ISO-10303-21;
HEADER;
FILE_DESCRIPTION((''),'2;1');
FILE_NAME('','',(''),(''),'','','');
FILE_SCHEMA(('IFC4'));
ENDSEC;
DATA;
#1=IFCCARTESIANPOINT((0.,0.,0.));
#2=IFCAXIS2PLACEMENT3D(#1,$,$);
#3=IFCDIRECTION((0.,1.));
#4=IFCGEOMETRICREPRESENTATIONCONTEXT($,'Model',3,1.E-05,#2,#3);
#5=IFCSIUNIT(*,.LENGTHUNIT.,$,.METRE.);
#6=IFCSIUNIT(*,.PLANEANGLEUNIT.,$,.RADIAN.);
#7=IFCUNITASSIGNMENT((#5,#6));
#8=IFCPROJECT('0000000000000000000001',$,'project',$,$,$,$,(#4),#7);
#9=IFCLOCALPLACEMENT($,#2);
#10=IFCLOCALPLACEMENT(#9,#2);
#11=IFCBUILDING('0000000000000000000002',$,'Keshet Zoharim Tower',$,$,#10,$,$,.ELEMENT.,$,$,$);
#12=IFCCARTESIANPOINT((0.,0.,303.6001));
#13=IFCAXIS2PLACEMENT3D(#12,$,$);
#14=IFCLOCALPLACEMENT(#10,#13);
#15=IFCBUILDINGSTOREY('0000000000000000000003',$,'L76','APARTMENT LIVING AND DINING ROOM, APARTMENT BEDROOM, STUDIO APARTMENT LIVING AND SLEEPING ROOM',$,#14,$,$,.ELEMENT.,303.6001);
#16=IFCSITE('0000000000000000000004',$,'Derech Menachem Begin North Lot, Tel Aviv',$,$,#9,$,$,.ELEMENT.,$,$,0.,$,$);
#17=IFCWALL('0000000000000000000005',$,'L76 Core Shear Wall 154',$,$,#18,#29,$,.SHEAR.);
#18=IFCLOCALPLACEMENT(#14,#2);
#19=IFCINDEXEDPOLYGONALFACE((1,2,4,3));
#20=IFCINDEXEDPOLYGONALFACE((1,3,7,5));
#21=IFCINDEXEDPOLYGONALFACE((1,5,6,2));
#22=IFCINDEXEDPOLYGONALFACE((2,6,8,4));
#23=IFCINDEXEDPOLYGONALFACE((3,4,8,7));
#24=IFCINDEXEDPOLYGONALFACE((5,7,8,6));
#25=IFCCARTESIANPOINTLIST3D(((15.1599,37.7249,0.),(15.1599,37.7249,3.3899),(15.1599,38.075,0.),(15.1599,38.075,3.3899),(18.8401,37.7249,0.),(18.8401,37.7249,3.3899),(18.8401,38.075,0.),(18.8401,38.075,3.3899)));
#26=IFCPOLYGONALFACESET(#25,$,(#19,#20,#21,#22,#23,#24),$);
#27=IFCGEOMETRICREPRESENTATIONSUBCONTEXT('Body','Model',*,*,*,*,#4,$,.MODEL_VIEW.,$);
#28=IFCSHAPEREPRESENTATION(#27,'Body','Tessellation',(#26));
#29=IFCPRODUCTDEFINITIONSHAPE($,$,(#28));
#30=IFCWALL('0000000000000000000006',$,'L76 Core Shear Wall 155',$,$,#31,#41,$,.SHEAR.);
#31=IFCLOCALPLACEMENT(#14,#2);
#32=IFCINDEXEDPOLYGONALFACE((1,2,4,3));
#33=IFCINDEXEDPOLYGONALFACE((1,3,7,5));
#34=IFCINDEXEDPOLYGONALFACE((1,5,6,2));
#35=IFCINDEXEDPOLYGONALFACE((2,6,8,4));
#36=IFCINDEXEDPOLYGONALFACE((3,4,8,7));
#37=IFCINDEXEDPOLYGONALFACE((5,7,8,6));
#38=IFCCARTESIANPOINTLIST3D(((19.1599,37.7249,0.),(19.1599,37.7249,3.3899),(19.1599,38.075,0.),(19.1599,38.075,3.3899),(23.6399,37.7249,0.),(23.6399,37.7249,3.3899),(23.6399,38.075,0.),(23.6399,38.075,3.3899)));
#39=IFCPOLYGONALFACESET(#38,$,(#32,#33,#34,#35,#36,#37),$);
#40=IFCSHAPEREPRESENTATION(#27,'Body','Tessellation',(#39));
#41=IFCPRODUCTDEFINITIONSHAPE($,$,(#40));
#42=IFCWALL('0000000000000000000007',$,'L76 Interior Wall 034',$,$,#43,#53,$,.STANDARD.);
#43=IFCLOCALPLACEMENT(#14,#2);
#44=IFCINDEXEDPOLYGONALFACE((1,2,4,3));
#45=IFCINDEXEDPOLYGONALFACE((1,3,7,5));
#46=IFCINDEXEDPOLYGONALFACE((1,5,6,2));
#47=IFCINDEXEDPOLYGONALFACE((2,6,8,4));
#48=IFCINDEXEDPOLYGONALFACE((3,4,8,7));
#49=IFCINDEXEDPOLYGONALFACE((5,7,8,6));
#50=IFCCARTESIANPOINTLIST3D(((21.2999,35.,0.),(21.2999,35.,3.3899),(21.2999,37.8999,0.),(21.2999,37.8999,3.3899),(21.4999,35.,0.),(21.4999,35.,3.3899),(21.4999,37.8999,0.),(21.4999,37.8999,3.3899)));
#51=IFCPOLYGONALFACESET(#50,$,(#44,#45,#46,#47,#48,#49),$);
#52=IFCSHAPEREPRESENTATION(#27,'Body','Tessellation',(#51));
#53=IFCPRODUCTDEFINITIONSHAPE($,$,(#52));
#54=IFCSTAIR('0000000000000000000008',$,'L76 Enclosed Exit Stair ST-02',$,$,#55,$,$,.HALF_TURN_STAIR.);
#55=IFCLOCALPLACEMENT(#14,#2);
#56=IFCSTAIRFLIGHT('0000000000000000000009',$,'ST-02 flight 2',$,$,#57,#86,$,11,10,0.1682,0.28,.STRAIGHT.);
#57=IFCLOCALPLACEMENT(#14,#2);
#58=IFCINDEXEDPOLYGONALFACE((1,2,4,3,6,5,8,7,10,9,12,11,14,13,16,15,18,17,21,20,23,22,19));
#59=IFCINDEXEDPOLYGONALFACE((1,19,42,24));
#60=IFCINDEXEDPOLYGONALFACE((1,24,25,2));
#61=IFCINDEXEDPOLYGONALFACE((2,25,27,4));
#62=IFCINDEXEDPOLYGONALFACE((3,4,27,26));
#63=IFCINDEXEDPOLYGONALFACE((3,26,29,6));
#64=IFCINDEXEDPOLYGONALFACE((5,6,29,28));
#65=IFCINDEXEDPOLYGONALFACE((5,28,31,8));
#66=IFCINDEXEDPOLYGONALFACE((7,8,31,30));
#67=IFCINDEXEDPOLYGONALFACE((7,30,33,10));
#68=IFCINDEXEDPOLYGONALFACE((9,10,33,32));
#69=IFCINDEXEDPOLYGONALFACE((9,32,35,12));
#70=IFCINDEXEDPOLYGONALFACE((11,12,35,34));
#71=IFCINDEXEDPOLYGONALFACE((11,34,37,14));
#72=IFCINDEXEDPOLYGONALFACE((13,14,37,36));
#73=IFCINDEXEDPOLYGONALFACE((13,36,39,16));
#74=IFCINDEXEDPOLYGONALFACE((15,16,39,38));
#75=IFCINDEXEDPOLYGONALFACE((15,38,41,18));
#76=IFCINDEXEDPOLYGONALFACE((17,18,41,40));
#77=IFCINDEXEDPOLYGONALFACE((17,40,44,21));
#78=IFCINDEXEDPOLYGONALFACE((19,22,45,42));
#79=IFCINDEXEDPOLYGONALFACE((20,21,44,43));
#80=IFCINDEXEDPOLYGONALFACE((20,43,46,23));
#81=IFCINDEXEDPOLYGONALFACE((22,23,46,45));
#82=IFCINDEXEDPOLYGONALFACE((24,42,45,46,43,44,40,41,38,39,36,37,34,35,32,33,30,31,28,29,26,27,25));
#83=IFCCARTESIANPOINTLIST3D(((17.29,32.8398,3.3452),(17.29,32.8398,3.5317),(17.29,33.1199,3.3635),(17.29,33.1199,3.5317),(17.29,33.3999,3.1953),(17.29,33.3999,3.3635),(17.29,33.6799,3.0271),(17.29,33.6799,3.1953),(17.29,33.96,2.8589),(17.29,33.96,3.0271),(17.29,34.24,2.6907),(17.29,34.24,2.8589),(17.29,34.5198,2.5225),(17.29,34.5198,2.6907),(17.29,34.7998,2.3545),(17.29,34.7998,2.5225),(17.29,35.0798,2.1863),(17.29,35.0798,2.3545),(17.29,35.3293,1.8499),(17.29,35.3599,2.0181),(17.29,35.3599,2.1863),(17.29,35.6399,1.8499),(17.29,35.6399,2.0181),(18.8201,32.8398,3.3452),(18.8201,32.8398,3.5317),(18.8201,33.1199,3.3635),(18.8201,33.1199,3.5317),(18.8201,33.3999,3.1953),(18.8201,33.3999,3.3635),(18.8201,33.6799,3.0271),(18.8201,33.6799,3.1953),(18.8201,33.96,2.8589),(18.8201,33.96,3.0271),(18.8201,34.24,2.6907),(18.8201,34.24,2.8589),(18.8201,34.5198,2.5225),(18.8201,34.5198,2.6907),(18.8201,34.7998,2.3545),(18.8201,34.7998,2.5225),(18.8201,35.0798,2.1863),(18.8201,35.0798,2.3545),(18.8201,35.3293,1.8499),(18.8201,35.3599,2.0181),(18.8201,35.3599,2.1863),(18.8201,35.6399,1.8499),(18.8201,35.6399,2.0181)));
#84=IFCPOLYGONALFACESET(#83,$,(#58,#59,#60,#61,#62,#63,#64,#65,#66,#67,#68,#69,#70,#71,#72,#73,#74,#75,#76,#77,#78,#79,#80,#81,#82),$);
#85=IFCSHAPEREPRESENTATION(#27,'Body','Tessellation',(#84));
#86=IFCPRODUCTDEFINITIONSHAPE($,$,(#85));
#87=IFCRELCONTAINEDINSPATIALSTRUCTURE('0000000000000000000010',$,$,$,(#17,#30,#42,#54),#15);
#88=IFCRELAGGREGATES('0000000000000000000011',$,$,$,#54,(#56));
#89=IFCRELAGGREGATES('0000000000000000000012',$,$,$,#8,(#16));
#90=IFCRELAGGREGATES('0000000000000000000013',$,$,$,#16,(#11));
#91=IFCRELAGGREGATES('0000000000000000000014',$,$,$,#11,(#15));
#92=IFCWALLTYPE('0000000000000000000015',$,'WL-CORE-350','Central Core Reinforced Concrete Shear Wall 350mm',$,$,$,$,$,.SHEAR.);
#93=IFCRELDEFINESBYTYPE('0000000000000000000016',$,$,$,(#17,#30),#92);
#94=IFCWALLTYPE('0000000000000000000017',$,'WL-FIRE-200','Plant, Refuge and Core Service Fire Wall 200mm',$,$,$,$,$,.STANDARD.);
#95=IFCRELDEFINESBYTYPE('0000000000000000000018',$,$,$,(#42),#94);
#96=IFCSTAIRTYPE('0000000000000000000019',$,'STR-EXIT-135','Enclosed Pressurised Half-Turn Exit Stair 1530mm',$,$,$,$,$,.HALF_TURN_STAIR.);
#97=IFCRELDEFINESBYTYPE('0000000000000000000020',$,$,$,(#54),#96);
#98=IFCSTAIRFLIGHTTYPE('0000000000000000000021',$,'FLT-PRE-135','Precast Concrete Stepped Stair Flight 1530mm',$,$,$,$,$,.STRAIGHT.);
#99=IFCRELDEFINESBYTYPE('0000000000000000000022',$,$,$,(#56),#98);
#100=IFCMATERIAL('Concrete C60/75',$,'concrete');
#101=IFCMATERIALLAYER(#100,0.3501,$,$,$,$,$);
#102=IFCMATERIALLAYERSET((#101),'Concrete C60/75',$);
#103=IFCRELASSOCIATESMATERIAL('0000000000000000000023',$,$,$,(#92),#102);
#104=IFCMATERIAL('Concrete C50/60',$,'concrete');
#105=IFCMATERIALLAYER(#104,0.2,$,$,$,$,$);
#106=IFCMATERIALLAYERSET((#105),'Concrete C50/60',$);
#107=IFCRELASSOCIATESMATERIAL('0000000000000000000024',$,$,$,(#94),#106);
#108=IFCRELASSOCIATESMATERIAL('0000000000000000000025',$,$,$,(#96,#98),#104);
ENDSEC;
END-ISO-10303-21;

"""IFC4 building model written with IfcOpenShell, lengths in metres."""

from ifc_helpers import new_model, si_unit, direction, frame, frame_2d, origin, place, context, subcontext, project, spatial, polyline, rectangle, outline, extrude, material, layer, layer_set, type_object, element, aggregate, save


model = new_model("IFC4")

# Units and contexts
model_context = context("Model", 3, precision=1e-05, world=origin(), true_north=direction((0.0, 1.0)))
body_context = subcontext(model_context, "Body", "Model", "MODEL_VIEW")
ifc_project = project(units=[si_unit("LENGTHUNIT", "METRE"), si_unit("PLANEANGLEUNIT", "RADIAN")], contexts=[model_context])

# Site, building, storey
site_placement = place(None, origin())
site = spatial("IfcSite", under=ifc_project, at=site_placement, Name="Derech Menachem Begin North Lot, Tel Aviv", CompositionType="ELEMENT", RefElevation=0.0)
building_placement = place(site_placement, origin())
building = spatial("IfcBuilding", under=site, at=building_placement, Name="Keshet Zoharim Tower", CompositionType="ELEMENT")
storey_placement = place(building_placement, frame((0.0, 0.0, 303.6001)))
storey = spatial("IfcBuildingStorey", under=building, at=storey_placement, Name="L76", Description="APARTMENT LIVING AND DINING ROOM, APARTMENT BEDROOM, STUDIO APARTMENT LIVING AND SLEEPING ROOM", CompositionType="ELEMENT", Elevation=303.6001)

# Shared definitions
ifc_material_1 = material(Name="Concrete C60/75", Category="concrete")
ifc_layer_1 = layer(ifc_material_1, 0.3501)
ifc_layer_set_1 = layer_set([ifc_layer_1], Name="Concrete C60/75")
wall_type_1 = type_object("IfcWallType", Name="WL-CORE-350", Description="Central Core Reinforced Concrete Shear Wall 350mm", PredefinedType="SHEAR", material=ifc_layer_set_1)

# Walls
wall_1_placement = place(storey_placement, frame((15.1599, 37.8999, 0.0), z_axis=(0.0, 0.0, 1.0), x_axis=(1.0, 0.0, 0.0)))
element("IfcWall", 1, at=wall_1_placement, inside=storey, type_object=wall_type_1, Name="L76 Core Shear Wall 154", PredefinedType="SHEAR", context=body_context, shape_type="SweptSolid", body=[
    extrude(rectangle(XDim=3.6802, YDim=0.3501, at=frame_2d((1.8401, 0.0))), origin(), (0.0, 0.0, 1.0), 3.3899),
])
wall_2_placement = place(storey_placement, frame((19.1599, 37.8999, 0.0), z_axis=(0.0, 0.0, 1.0), x_axis=(1.0, 0.0, 0.0)))
element("IfcWall", 2, at=wall_2_placement, inside=storey, type_object=wall_type_1, Name="L76 Core Shear Wall 155", PredefinedType="SHEAR", context=body_context, shape_type="SweptSolid", body=[
    extrude(rectangle(XDim=4.48, YDim=0.3501, at=frame_2d((2.24, 0.0))), origin(), (0.0, 0.0, 1.0), 3.3899),
])
ifc_material_2 = material(Name="Concrete C50/60", Category="concrete")
ifc_layer_2 = layer(ifc_material_2, 0.2)
ifc_layer_set_2 = layer_set([ifc_layer_2], Name="Concrete C50/60")
wall_type_2 = type_object("IfcWallType", Name="WL-FIRE-200", Description="Plant, Refuge and Core Service Fire Wall 200mm", PredefinedType="STANDARD", material=ifc_layer_set_2)
wall_3_placement = place(storey_placement, frame((21.3999, 35.0, 0.0), z_axis=(0.0, 0.0, 1.0), x_axis=(0.0, 1.0, 0.0)))
element("IfcWall", 3, at=wall_3_placement, inside=storey, type_object=wall_type_2, Name="L76 Interior Wall 034", PredefinedType="STANDARD", context=body_context, shape_type="SweptSolid", body=[
    extrude(rectangle(XDim=2.8999, YDim=0.2, at=frame_2d((1.45, 0.0))), origin(), (0.0, 0.0, 1.0), 3.3899),
])

# Stair, stair flight
stair_type = type_object("IfcStairType", Name="STR-EXIT-135", Description="Enclosed Pressurised Half-Turn Exit Stair 1530mm", PredefinedType="HALF_TURN_STAIR", material=ifc_material_2)
stair_placement = place(storey_placement, origin())
stair = element("IfcStair", 4, at=stair_placement, inside=storey, type_object=stair_type, Name="L76 Enclosed Exit Stair ST-02", PredefinedType="HALF_TURN_STAIR")
stair_flight_type = type_object("IfcStairFlightType", Name="FLT-PRE-135", Description="Precast Concrete Stepped Stair Flight 1530mm", PredefinedType="STRAIGHT", material=ifc_material_2)
stair_flight_placement = place(storey_placement, frame((18.0549, 35.6399, 1.8499), z_axis=(0.0, 0.0, 1.0), x_axis=(0.0, -1.0, 0.0)))
stair_flight = element("IfcStairFlight", 5, at=stair_flight_placement, type_object=stair_flight_type, Name="ST-02 flight 2", NumberOfRisers=11, NumberOfTreads=10, PredefinedType="STRAIGHT", RiserHeight=0.1682, TreadLength=0.28, context=body_context, shape_type="SweptSolid", body=[
    extrude(outline(polyline([(0.0, 0.0), (0.0, 0.1682), (0.28, 0.1682), (0.28, 0.3364), (0.5601, 0.3364), (0.5601, 0.5046), (0.8401, 0.5046), (0.8401, 0.6726), (1.1201, 0.6726), (1.1201, 0.8408), (1.3999, 0.8408), (1.3999, 1.009), (1.6799, 1.009), (1.6799, 1.1772), (1.96, 1.1772), (1.96, 1.3455), (2.24, 1.3455), (2.24, 1.5137), (2.52, 1.5137), (2.52, 1.6819), (2.8, 1.6819), (2.8, 1.8501), (2.8, 1.4954), (0.3105, 0.0), (0.0, 0.0)])), frame((0.0, 0.7651, 0.0), z_axis=(0.0, -1.0, 0.0), x_axis=(1.0, 0.0, 0.0)), (0.0, 0.0, 1.0), 1.53),
])
aggregate(stair, [stair_flight])

save(model, "model.ifc")
